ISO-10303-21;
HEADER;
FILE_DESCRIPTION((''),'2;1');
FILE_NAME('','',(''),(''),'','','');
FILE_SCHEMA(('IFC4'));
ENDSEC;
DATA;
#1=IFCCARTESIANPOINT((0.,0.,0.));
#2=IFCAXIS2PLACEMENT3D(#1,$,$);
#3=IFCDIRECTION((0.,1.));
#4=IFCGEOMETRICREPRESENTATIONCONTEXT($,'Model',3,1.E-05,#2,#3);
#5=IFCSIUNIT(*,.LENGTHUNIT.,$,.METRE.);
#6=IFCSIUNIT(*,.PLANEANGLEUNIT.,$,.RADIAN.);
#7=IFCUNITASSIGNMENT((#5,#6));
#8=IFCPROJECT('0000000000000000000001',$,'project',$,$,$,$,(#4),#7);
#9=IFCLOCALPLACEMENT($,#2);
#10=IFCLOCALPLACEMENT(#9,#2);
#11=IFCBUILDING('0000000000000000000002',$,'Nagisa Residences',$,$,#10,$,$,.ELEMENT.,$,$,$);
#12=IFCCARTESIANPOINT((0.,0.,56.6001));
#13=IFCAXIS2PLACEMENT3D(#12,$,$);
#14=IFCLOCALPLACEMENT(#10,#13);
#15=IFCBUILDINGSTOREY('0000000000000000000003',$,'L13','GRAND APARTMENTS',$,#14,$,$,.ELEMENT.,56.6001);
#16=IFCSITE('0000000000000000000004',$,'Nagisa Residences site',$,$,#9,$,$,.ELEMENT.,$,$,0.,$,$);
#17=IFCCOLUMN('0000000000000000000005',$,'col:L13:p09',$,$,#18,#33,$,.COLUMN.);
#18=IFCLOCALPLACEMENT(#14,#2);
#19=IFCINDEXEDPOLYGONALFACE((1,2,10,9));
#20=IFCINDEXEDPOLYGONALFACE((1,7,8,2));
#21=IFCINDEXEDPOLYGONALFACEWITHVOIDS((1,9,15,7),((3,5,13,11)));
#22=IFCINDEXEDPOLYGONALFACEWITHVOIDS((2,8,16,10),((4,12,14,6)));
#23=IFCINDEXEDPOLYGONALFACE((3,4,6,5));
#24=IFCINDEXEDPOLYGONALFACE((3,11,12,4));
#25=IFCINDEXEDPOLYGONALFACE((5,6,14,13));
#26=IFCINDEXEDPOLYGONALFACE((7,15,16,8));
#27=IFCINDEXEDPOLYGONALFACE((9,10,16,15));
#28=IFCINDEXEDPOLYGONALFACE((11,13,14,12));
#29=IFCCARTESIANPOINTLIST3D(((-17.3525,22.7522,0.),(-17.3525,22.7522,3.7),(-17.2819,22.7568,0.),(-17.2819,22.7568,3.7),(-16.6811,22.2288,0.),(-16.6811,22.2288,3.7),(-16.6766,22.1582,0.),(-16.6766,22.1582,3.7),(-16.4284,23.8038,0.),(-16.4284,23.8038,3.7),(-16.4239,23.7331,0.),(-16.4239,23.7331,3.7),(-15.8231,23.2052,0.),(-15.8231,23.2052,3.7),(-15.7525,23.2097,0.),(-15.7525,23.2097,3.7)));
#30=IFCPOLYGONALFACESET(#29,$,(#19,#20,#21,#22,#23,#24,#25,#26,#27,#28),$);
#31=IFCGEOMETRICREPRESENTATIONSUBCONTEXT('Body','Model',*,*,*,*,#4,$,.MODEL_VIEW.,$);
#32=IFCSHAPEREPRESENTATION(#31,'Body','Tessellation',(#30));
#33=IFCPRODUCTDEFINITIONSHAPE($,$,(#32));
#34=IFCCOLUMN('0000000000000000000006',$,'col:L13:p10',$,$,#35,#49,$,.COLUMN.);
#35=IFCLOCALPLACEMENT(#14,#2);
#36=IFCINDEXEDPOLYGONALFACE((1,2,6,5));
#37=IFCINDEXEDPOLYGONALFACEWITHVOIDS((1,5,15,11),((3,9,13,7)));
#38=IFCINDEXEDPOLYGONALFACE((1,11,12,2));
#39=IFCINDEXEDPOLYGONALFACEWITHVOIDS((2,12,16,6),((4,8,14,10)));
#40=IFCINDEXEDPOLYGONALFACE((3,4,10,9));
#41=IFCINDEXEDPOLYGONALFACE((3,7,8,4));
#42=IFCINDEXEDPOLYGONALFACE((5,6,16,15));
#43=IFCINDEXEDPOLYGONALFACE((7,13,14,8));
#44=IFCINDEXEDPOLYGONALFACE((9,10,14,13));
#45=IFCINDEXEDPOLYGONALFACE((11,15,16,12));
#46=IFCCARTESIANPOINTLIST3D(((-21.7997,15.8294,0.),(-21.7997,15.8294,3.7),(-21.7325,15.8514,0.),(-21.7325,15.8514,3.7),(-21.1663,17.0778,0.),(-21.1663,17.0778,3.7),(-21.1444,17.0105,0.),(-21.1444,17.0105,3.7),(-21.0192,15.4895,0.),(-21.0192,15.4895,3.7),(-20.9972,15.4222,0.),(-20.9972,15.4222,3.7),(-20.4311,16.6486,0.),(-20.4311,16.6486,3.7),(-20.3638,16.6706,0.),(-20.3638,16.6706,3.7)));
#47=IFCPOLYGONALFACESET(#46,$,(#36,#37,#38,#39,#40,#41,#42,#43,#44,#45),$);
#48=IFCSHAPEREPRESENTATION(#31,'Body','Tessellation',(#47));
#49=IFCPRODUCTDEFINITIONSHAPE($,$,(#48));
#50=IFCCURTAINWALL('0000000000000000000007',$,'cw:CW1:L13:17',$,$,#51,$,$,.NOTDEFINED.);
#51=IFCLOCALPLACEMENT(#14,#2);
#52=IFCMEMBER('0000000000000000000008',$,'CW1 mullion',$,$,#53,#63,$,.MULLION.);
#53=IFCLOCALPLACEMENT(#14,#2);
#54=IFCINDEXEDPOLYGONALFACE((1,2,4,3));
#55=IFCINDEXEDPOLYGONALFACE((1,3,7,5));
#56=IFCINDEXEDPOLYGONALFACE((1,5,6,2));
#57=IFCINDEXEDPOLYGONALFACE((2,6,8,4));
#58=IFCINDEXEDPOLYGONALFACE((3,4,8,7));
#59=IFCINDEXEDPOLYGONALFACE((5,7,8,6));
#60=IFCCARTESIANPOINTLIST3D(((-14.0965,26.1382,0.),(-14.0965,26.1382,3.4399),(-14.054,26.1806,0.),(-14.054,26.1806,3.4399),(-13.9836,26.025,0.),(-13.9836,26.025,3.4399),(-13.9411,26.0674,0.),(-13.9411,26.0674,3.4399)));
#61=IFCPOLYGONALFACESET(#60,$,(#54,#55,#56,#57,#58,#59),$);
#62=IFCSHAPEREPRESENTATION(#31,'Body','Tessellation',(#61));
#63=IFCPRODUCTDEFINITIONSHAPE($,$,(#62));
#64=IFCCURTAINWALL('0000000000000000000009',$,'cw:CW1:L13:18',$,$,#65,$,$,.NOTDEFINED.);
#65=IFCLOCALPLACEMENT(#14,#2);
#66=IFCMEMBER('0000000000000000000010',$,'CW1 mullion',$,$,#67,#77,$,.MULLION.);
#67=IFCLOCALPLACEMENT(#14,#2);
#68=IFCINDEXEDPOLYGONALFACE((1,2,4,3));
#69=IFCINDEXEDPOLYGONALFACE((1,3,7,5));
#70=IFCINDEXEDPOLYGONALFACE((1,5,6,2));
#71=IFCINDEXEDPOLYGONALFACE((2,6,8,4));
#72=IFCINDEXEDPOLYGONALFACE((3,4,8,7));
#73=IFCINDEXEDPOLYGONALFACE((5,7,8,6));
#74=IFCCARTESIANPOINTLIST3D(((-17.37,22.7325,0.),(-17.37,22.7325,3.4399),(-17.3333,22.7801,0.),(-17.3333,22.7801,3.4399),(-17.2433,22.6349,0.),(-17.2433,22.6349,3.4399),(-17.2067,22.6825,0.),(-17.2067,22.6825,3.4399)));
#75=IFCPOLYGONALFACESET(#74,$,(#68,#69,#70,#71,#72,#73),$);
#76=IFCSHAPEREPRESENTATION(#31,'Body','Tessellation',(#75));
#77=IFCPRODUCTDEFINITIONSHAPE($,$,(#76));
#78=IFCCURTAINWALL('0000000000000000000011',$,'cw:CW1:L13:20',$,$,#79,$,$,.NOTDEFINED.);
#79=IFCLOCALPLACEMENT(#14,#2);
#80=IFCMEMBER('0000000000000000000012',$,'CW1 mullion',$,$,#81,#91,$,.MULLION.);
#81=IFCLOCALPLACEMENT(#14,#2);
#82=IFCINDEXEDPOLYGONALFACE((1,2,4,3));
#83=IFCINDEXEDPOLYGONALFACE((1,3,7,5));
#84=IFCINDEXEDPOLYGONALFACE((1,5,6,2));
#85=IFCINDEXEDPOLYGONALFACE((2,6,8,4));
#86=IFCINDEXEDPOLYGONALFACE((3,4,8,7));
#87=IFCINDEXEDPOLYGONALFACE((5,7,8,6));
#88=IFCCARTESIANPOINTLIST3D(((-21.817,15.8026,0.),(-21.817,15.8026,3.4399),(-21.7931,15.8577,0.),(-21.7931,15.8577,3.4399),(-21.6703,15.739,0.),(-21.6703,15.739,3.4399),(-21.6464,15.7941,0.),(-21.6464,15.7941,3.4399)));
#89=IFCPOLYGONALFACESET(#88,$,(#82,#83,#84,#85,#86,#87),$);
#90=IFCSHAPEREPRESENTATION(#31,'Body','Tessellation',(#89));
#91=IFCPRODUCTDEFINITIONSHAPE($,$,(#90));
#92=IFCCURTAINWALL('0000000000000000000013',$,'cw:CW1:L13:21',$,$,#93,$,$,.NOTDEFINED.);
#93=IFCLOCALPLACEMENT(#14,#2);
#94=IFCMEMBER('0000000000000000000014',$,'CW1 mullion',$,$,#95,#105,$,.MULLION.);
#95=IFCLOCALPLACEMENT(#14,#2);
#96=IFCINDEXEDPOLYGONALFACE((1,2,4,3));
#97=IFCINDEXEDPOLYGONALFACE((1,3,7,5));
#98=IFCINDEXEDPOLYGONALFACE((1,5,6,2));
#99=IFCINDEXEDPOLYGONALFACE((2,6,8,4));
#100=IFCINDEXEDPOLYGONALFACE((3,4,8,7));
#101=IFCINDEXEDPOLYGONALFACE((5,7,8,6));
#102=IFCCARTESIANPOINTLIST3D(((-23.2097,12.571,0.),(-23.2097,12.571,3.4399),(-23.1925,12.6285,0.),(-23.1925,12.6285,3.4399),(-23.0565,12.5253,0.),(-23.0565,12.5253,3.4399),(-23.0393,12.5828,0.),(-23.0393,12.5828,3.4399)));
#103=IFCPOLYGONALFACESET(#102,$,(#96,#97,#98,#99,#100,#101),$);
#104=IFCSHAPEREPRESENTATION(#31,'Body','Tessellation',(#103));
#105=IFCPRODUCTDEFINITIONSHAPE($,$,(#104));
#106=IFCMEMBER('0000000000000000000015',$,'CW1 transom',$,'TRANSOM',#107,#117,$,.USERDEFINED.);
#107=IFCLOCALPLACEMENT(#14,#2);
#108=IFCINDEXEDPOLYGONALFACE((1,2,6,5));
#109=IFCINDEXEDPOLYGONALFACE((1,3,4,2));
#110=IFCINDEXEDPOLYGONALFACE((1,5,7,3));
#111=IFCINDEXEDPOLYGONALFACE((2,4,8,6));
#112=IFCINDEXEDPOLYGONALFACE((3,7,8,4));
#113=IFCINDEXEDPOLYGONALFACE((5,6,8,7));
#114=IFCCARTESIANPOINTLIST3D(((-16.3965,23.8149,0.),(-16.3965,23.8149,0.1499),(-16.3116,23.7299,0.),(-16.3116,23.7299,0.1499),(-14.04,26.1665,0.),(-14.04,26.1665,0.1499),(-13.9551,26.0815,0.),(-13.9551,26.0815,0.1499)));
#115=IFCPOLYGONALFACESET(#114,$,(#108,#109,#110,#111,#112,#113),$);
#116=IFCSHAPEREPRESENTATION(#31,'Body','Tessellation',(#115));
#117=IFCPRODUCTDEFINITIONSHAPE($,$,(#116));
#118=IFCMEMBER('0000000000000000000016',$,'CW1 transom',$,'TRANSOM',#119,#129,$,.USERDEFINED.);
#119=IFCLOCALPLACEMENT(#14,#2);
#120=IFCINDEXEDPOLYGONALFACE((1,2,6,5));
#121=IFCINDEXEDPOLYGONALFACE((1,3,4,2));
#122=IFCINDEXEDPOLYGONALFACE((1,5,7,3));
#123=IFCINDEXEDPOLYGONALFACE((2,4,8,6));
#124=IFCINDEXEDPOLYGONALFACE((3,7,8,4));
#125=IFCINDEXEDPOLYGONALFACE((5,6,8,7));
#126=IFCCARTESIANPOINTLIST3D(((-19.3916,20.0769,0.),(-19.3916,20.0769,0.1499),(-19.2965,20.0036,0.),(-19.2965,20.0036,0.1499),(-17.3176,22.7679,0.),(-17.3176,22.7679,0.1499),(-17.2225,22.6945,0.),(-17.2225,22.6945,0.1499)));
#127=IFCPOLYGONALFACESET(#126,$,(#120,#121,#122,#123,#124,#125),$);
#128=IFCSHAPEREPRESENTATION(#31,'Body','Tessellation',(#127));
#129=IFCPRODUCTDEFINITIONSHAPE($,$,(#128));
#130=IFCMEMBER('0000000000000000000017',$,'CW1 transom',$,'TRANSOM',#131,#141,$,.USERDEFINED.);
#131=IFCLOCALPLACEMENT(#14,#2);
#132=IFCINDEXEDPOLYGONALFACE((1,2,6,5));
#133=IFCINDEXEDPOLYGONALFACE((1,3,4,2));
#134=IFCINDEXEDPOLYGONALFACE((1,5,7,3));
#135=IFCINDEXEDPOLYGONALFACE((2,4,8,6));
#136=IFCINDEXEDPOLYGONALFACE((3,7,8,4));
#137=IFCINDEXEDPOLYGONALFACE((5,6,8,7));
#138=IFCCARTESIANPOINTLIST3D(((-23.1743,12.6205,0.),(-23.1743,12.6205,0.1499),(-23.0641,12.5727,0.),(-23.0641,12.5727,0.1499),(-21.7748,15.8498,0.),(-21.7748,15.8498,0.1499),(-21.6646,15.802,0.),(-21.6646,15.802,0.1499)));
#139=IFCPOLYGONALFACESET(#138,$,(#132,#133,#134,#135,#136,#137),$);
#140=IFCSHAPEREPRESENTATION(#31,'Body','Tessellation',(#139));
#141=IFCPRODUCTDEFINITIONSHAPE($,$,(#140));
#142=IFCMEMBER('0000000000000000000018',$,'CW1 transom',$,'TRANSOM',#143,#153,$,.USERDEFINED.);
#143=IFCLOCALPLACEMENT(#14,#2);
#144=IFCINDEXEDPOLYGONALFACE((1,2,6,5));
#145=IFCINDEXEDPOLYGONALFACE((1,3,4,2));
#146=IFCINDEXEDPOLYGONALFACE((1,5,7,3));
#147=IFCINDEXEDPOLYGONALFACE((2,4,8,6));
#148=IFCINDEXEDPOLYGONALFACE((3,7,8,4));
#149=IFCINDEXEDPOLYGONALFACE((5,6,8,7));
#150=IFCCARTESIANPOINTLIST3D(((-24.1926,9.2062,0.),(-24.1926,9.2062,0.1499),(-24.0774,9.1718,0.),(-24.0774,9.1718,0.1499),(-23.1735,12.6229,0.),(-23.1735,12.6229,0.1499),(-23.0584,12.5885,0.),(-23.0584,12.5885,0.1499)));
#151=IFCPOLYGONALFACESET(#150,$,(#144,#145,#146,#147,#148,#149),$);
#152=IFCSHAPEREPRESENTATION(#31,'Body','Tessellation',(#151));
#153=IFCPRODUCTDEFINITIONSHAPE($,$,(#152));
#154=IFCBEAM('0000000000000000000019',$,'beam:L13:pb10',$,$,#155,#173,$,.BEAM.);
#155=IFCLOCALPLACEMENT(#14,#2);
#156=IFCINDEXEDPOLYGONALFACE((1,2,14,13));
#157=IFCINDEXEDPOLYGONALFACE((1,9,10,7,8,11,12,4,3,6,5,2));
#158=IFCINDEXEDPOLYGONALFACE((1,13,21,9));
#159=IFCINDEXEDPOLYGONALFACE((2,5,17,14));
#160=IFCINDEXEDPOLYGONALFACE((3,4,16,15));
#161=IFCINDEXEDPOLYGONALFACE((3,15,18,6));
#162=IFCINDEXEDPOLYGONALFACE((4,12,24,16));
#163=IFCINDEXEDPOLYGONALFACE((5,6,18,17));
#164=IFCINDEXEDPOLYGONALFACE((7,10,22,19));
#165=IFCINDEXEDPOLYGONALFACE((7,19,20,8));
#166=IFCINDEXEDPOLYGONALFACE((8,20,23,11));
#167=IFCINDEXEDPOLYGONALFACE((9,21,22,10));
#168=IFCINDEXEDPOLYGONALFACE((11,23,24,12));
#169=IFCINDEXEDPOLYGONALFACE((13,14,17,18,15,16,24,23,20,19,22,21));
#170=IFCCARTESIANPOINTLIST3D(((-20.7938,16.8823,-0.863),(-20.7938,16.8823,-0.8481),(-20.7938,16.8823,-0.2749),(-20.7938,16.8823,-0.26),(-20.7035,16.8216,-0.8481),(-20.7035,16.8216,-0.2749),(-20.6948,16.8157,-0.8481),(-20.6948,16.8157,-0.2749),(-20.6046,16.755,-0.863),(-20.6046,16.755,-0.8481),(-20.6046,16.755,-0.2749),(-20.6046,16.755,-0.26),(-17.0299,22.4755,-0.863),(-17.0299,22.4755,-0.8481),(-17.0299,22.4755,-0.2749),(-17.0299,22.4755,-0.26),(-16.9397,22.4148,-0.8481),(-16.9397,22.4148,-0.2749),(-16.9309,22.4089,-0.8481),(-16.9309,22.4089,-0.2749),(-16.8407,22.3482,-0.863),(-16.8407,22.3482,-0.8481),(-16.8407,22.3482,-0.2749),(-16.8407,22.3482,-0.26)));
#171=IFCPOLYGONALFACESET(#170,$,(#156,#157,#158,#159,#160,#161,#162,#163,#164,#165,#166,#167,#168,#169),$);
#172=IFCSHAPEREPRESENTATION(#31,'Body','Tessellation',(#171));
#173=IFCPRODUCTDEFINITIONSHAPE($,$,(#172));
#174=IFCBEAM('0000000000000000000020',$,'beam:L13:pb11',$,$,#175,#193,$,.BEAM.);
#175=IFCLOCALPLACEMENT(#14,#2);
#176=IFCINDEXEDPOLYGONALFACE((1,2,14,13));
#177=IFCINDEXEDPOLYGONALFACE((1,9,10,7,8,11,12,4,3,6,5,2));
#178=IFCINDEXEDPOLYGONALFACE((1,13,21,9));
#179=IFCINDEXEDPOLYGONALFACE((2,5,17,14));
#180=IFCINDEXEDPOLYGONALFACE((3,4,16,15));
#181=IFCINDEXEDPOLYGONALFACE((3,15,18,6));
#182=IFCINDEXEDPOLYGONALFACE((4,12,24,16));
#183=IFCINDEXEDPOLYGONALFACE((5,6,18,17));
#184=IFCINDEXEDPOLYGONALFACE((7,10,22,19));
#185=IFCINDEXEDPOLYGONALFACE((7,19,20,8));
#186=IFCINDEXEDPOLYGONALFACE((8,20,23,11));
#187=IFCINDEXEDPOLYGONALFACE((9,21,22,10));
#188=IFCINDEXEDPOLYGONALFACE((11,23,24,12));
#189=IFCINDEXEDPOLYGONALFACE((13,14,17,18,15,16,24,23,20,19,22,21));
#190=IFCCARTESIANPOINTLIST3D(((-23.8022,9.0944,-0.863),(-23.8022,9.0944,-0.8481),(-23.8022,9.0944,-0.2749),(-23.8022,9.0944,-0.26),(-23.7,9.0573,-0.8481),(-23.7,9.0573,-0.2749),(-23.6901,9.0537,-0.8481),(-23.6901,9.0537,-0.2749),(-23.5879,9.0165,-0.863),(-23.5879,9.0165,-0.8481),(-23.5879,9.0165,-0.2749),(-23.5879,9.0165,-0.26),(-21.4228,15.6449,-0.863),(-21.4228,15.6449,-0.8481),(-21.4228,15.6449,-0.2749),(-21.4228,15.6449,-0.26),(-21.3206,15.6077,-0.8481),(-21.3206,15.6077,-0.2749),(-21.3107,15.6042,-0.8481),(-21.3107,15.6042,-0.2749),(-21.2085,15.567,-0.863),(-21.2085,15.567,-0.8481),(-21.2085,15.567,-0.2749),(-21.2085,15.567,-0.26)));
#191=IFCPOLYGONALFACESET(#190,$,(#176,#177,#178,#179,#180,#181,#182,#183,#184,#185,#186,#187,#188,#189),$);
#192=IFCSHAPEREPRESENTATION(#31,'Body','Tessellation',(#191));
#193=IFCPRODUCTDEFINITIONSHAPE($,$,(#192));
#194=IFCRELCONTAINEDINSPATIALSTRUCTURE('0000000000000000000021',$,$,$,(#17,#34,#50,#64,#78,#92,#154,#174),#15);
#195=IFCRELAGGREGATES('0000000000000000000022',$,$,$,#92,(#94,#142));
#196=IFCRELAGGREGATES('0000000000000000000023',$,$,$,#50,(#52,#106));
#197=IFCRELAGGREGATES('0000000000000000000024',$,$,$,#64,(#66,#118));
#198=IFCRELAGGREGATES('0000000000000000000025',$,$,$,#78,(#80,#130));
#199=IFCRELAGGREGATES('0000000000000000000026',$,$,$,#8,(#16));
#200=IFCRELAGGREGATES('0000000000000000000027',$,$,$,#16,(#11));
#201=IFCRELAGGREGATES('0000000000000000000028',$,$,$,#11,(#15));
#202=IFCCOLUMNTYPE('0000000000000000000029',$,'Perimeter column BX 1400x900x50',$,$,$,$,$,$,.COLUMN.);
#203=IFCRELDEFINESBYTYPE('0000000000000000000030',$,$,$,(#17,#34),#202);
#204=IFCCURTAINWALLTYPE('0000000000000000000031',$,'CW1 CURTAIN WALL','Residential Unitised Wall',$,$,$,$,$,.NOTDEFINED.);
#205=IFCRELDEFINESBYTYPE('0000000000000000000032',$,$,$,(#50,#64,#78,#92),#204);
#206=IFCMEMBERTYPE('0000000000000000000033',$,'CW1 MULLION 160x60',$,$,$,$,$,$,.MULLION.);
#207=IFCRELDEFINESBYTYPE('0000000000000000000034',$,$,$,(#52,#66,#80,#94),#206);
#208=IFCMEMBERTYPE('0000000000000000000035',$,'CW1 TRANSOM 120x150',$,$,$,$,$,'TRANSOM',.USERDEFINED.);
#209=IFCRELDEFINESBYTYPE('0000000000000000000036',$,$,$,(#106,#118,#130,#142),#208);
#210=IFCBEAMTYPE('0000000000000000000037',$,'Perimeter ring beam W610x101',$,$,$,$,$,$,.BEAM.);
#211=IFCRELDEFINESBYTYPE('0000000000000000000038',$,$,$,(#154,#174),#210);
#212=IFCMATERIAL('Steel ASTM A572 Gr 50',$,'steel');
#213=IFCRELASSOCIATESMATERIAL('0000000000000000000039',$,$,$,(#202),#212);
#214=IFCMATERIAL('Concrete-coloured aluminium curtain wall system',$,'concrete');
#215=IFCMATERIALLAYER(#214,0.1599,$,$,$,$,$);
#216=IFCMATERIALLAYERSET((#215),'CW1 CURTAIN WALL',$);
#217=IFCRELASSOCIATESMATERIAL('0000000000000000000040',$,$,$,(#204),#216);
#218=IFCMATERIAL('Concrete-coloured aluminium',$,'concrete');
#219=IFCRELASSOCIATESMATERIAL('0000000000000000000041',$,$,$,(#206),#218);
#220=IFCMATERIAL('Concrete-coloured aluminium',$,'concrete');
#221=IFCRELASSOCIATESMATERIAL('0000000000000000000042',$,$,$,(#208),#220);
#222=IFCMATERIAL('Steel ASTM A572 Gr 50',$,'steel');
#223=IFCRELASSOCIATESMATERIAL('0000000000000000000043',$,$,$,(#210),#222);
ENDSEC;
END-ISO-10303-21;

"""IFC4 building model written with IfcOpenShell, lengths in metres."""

from ifc_helpers import new_model, si_unit, direction, frame, origin, origin_2d, place, context, subcontext, project, spatial, rectangle, hollow_rectangle, i_section, extrude, material, layer, layer_set, material_profile, profile_set, type_object, element, aggregate, save


model = new_model("IFC4")

# Units and contexts
model_context = context("Model", 3, precision=1e-05, world=origin(), true_north=direction((0.0, 1.0)))
body_context = subcontext(model_context, "Body", "Model", "MODEL_VIEW")
ifc_project = project(units=[si_unit("LENGTHUNIT", "METRE"), si_unit("PLANEANGLEUNIT", "RADIAN")], contexts=[model_context])

# Site, building, storey
site_placement = place(None, origin())
site = spatial("IfcSite", under=ifc_project, at=site_placement, Name="Nagisa Residences site", CompositionType="ELEMENT", RefElevation=0.0)
building_placement = place(site_placement, origin())
building = spatial("IfcBuilding", under=site, at=building_placement, Name="Nagisa Residences", CompositionType="ELEMENT")
storey_placement = place(building_placement, frame((0.0, 0.0, 56.6001)))
storey = spatial("IfcBuildingStorey", under=building, at=storey_placement, Name="L13", Description="GRAND APARTMENTS", CompositionType="ELEMENT", Elevation=56.6001)

# Columns
ifc_material_1 = material(Name="Steel ASTM A572 Gr 50", Category="steel")
ifc_material_profile_1 = material_profile(ifc_material_1, hollow_rectangle(XDim=1.3999, YDim=0.8999, WallThickness=0.05, at=origin_2d()), Name="BX 1400x900x50")
ifc_profile_set_1 = profile_set([ifc_material_profile_1], Name="Steel ASTM A572 Gr 50")
column_type = type_object("IfcColumnType", Name="Perimeter column BX 1400x900x50", PredefinedType="COLUMN", material=ifc_profile_set_1)
for number, where, z_axis, x_axis, name in (
    (1, (-16.5525, 22.981, 0.0), (0.0, 0.0, 1.0), (-0.660115, -0.751165, 0.0), "col:L13:p09"),
    (2, (-21.0818, 16.25, 0.0), (0.0, 0.0, 1.0), (-0.452463, -0.891783, 0.0), "col:L13:p10"),
):
    element("IfcColumn", number, at=place(storey_placement, frame(where, z_axis=z_axis, x_axis=x_axis)), inside=storey, type_object=column_type, Name=name, PredefinedType="COLUMN", context=body_context, shape_type="SweptSolid", body=[
        extrude(hollow_rectangle(XDim=1.3999, YDim=0.8999, WallThickness=0.05, at=origin_2d()), origin(), (0.0, 0.0, 1.0), 3.7),
    ])

# Curtain walls, members
ifc_material_2 = material(Name="Concrete-coloured aluminium curtain wall system", Category="concrete")
ifc_layer_1 = layer(ifc_material_2, 0.1599)
ifc_layer_set_1 = layer_set([ifc_layer_1], Name="CW1 CURTAIN WALL")
curtain_wall_type = type_object("IfcCurtainWallType", Name="CW1 CURTAIN WALL", Description="Residential Unitised Wall", PredefinedType="NOTDEFINED", material=ifc_layer_set_1)
curtain_wall_1_placement = place(storey_placement, origin())
curtain_wall_1 = element("IfcCurtainWall", 3, at=curtain_wall_1_placement, inside=storey, type_object=curtain_wall_type, Name="cw:CW1:L13:17", PredefinedType="NOTDEFINED")
ifc_material_3 = material(Name="Concrete-coloured aluminium", Category="concrete")
ifc_material_profile_2 = material_profile(ifc_material_3, rectangle(XDim=0.1599, YDim=0.0601, at=origin_2d()), Name="CW1 MULLION 160x60")
ifc_profile_set_2 = profile_set([ifc_material_profile_2], Name="Concrete-coloured aluminium")
member_type_1 = type_object("IfcMemberType", Name="CW1 MULLION 160x60", PredefinedType="MULLION", material=ifc_profile_set_2)
member_1_placement = place(storey_placement, frame((-14.0188, 26.1028, 0.0), z_axis=(0.0, 0.0, 1.0), x_axis=(0.706377, -0.707836, 0.0)))
member_1 = element("IfcMember", 4, at=member_1_placement, type_object=member_type_1, Name="CW1 mullion", PredefinedType="MULLION", context=body_context, shape_type="SweptSolid", body=[
    extrude(rectangle(XDim=0.1599, YDim=0.0601, at=origin_2d()), origin(), (0.0, 0.0, 1.0), 3.4399),
])
curtain_wall_2_placement = place(storey_placement, origin())
curtain_wall_2 = element("IfcCurtainWall", 5, at=curtain_wall_2_placement, inside=storey, type_object=curtain_wall_type, Name="cw:CW1:L13:18", PredefinedType="NOTDEFINED")
member_2_placement = place(storey_placement, frame((-17.2883, 22.7075, 0.0), z_axis=(0.0, 0.0, 1.0), x_axis=(0.79207, -0.61043, 0.0)))
member_2 = element("IfcMember", 6, at=member_2_placement, type_object=member_type_1, Name="CW1 mullion", PredefinedType="MULLION", context=body_context, shape_type="SweptSolid", body=[
    extrude(rectangle(XDim=0.1599, YDim=0.0601, at=origin_2d()), origin(), (0.0, 0.0, 1.0), 3.4399),
])
curtain_wall_3_placement = place(storey_placement, origin())
curtain_wall_3 = element("IfcCurtainWall", 7, at=curtain_wall_3_placement, inside=storey, type_object=curtain_wall_type, Name="cw:CW1:L13:20", PredefinedType="NOTDEFINED")
member_3_placement = place(storey_placement, frame((-21.7317, 15.7983, 0.0), z_axis=(0.0, 0.0, 1.0), x_axis=(0.917543, -0.397636, 0.0)))
member_3 = element("IfcMember", 8, at=member_3_placement, type_object=member_type_1, Name="CW1 mullion", PredefinedType="MULLION", context=body_context, shape_type="SweptSolid", body=[
    extrude(rectangle(XDim=0.1599, YDim=0.0601, at=origin_2d()), origin(), (0.0, 0.0, 1.0), 3.4399),
])
curtain_wall_4_placement = place(storey_placement, origin())
curtain_wall_4 = element("IfcCurtainWall", 9, at=curtain_wall_4_placement, inside=storey, type_object=curtain_wall_type, Name="cw:CW1:L13:21", PredefinedType="NOTDEFINED")
member_4_placement = place(storey_placement, frame((-23.1245, 12.5769, 0.0), z_axis=(0.0, 0.0, 1.0), x_axis=(0.958271, -0.28586, 0.0)))
member_4 = element("IfcMember", 10, at=member_4_placement, type_object=member_type_1, Name="CW1 mullion", PredefinedType="MULLION", context=body_context, shape_type="SweptSolid", body=[
    extrude(rectangle(XDim=0.1599, YDim=0.0601, at=origin_2d()), origin(), (0.0, 0.0, 1.0), 3.4399),
])

# Members
ifc_material_4 = material(Name="Concrete-coloured aluminium", Category="concrete")
ifc_material_profile_3 = material_profile(ifc_material_4, rectangle(XDim=0.1201, YDim=0.1499, at=origin_2d()), Name="CW1 TRANSOM 120x150")
ifc_profile_set_3 = profile_set([ifc_material_profile_3], Name="Concrete-coloured aluminium")
member_type_2 = type_object("IfcMemberType", Name="CW1 TRANSOM 120x150", ElementType="TRANSOM", PredefinedType="USERDEFINED", material=ifc_profile_set_3)
member_5_placement = place(storey_placement, frame((-13.9976, 26.124, 0.075), z_axis=(-0.70784, -0.706373, 0.0), x_axis=(0.706373, -0.70784, 0.0)))
member_5 = element("IfcMember", 11, at=member_5_placement, type_object=member_type_2, Name="CW1 transom", ObjectType="TRANSOM", PredefinedType="USERDEFINED", context=body_context, shape_type="SweptSolid", body=[
    extrude(rectangle(XDim=0.1201, YDim=0.1499, at=origin_2d()), origin(), (0.0, 0.0, 1.0), 3.3291),
])
member_6_placement = place(storey_placement, frame((-17.27, 22.7312, 0.075), z_axis=(-0.610457, -0.792049, 0.0), x_axis=(0.792049, -0.610457, 0.0)))
member_6 = element("IfcMember", 12, at=member_6_placement, type_object=member_type_2, Name="CW1 transom", ObjectType="TRANSOM", PredefinedType="USERDEFINED", context=body_context, shape_type="SweptSolid", body=[
    extrude(rectangle(XDim=0.1201, YDim=0.1499, at=origin_2d()), origin(), (0.0, 0.0, 1.0), 3.3975),
])
member_7_placement = place(storey_placement, frame((-21.7197, 15.8259, 0.075), z_axis=(-0.397625, -0.917548, 0.0), x_axis=(0.917548, -0.397625, 0.0)))
member_7 = element("IfcMember", 13, at=member_7_placement, type_object=member_type_2, Name="CW1 transom", ObjectType="TRANSOM", PredefinedType="USERDEFINED", context=body_context, shape_type="SweptSolid", body=[
    extrude(rectangle(XDim=0.1201, YDim=0.1499, at=origin_2d()), origin(), (0.0, 0.0, 1.0), 3.5195),
])
member_8_placement = place(storey_placement, frame((-23.116, 12.6057, 0.075), z_axis=(-0.285808, -0.958287, 0.0), x_axis=(0.958287, -0.285808, 0.0)))
member_8 = element("IfcMember", 14, at=member_8_placement, type_object=member_type_2, Name="CW1 transom", ObjectType="TRANSOM", PredefinedType="USERDEFINED", context=body_context, shape_type="SweptSolid", body=[
    extrude(rectangle(XDim=0.1201, YDim=0.1499, at=origin_2d()), origin(), (0.0, 0.0, 1.0), 3.5654),
])
aggregate(curtain_wall_4, [member_4, member_8])

# Beams
ifc_material_5 = material(Name="Steel ASTM A572 Gr 50", Category="steel")
ifc_material_profile_4 = material_profile(ifc_material_5, i_section(OverallWidth=0.228, OverallDepth=0.603, WebThickness=0.0105, FlangeThickness=0.0149, at=origin_2d()), Name="W610x101")
ifc_profile_set_4 = profile_set([ifc_material_profile_4], Name="Steel ASTM A572 Gr 50")
beam_type_1 = type_object("IfcBeamType", Name="Perimeter ring beam W610x101", PredefinedType="BEAM", material=ifc_profile_set_4)
beam_1_placement = place(storey_placement, frame((-16.9353, 22.4119, -0.5615), z_axis=(-0.558297, -0.829641, 0.0), x_axis=(0.829641, -0.558297, 0.0)))
element("IfcBeam", 15, at=beam_1_placement, inside=storey, type_object=beam_type_1, Name="beam:L13:pb10", PredefinedType="BEAM", context=body_context, shape_type="SweptSolid", body=[
    extrude(i_section(OverallWidth=0.228, OverallDepth=0.603, WebThickness=0.0105, FlangeThickness=0.0149, at=origin_2d()), origin(), (0.0, 0.0, 1.0), 6.7417),
])
beam_2_placement = place(storey_placement, frame((-21.3157, 15.606, -0.5615), z_axis=(-0.341411, -0.939914, 0.0), x_axis=(0.939914, -0.341411, 0.0)))
element("IfcBeam", 16, at=beam_2_placement, inside=storey, type_object=beam_type_1, Name="beam:L13:pb11", PredefinedType="BEAM", context=body_context, shape_type="SweptSolid", body=[
    extrude(i_section(OverallWidth=0.228, OverallDepth=0.603, WebThickness=0.0105, FlangeThickness=0.0149, at=origin_2d()), origin(), (0.0, 0.0, 1.0), 6.9692),
])

aggregate(curtain_wall_1, [member_1, member_5])
aggregate(curtain_wall_2, [member_2, member_6])
aggregate(curtain_wall_3, [member_3, member_7])

save(model, "model.ifc")
